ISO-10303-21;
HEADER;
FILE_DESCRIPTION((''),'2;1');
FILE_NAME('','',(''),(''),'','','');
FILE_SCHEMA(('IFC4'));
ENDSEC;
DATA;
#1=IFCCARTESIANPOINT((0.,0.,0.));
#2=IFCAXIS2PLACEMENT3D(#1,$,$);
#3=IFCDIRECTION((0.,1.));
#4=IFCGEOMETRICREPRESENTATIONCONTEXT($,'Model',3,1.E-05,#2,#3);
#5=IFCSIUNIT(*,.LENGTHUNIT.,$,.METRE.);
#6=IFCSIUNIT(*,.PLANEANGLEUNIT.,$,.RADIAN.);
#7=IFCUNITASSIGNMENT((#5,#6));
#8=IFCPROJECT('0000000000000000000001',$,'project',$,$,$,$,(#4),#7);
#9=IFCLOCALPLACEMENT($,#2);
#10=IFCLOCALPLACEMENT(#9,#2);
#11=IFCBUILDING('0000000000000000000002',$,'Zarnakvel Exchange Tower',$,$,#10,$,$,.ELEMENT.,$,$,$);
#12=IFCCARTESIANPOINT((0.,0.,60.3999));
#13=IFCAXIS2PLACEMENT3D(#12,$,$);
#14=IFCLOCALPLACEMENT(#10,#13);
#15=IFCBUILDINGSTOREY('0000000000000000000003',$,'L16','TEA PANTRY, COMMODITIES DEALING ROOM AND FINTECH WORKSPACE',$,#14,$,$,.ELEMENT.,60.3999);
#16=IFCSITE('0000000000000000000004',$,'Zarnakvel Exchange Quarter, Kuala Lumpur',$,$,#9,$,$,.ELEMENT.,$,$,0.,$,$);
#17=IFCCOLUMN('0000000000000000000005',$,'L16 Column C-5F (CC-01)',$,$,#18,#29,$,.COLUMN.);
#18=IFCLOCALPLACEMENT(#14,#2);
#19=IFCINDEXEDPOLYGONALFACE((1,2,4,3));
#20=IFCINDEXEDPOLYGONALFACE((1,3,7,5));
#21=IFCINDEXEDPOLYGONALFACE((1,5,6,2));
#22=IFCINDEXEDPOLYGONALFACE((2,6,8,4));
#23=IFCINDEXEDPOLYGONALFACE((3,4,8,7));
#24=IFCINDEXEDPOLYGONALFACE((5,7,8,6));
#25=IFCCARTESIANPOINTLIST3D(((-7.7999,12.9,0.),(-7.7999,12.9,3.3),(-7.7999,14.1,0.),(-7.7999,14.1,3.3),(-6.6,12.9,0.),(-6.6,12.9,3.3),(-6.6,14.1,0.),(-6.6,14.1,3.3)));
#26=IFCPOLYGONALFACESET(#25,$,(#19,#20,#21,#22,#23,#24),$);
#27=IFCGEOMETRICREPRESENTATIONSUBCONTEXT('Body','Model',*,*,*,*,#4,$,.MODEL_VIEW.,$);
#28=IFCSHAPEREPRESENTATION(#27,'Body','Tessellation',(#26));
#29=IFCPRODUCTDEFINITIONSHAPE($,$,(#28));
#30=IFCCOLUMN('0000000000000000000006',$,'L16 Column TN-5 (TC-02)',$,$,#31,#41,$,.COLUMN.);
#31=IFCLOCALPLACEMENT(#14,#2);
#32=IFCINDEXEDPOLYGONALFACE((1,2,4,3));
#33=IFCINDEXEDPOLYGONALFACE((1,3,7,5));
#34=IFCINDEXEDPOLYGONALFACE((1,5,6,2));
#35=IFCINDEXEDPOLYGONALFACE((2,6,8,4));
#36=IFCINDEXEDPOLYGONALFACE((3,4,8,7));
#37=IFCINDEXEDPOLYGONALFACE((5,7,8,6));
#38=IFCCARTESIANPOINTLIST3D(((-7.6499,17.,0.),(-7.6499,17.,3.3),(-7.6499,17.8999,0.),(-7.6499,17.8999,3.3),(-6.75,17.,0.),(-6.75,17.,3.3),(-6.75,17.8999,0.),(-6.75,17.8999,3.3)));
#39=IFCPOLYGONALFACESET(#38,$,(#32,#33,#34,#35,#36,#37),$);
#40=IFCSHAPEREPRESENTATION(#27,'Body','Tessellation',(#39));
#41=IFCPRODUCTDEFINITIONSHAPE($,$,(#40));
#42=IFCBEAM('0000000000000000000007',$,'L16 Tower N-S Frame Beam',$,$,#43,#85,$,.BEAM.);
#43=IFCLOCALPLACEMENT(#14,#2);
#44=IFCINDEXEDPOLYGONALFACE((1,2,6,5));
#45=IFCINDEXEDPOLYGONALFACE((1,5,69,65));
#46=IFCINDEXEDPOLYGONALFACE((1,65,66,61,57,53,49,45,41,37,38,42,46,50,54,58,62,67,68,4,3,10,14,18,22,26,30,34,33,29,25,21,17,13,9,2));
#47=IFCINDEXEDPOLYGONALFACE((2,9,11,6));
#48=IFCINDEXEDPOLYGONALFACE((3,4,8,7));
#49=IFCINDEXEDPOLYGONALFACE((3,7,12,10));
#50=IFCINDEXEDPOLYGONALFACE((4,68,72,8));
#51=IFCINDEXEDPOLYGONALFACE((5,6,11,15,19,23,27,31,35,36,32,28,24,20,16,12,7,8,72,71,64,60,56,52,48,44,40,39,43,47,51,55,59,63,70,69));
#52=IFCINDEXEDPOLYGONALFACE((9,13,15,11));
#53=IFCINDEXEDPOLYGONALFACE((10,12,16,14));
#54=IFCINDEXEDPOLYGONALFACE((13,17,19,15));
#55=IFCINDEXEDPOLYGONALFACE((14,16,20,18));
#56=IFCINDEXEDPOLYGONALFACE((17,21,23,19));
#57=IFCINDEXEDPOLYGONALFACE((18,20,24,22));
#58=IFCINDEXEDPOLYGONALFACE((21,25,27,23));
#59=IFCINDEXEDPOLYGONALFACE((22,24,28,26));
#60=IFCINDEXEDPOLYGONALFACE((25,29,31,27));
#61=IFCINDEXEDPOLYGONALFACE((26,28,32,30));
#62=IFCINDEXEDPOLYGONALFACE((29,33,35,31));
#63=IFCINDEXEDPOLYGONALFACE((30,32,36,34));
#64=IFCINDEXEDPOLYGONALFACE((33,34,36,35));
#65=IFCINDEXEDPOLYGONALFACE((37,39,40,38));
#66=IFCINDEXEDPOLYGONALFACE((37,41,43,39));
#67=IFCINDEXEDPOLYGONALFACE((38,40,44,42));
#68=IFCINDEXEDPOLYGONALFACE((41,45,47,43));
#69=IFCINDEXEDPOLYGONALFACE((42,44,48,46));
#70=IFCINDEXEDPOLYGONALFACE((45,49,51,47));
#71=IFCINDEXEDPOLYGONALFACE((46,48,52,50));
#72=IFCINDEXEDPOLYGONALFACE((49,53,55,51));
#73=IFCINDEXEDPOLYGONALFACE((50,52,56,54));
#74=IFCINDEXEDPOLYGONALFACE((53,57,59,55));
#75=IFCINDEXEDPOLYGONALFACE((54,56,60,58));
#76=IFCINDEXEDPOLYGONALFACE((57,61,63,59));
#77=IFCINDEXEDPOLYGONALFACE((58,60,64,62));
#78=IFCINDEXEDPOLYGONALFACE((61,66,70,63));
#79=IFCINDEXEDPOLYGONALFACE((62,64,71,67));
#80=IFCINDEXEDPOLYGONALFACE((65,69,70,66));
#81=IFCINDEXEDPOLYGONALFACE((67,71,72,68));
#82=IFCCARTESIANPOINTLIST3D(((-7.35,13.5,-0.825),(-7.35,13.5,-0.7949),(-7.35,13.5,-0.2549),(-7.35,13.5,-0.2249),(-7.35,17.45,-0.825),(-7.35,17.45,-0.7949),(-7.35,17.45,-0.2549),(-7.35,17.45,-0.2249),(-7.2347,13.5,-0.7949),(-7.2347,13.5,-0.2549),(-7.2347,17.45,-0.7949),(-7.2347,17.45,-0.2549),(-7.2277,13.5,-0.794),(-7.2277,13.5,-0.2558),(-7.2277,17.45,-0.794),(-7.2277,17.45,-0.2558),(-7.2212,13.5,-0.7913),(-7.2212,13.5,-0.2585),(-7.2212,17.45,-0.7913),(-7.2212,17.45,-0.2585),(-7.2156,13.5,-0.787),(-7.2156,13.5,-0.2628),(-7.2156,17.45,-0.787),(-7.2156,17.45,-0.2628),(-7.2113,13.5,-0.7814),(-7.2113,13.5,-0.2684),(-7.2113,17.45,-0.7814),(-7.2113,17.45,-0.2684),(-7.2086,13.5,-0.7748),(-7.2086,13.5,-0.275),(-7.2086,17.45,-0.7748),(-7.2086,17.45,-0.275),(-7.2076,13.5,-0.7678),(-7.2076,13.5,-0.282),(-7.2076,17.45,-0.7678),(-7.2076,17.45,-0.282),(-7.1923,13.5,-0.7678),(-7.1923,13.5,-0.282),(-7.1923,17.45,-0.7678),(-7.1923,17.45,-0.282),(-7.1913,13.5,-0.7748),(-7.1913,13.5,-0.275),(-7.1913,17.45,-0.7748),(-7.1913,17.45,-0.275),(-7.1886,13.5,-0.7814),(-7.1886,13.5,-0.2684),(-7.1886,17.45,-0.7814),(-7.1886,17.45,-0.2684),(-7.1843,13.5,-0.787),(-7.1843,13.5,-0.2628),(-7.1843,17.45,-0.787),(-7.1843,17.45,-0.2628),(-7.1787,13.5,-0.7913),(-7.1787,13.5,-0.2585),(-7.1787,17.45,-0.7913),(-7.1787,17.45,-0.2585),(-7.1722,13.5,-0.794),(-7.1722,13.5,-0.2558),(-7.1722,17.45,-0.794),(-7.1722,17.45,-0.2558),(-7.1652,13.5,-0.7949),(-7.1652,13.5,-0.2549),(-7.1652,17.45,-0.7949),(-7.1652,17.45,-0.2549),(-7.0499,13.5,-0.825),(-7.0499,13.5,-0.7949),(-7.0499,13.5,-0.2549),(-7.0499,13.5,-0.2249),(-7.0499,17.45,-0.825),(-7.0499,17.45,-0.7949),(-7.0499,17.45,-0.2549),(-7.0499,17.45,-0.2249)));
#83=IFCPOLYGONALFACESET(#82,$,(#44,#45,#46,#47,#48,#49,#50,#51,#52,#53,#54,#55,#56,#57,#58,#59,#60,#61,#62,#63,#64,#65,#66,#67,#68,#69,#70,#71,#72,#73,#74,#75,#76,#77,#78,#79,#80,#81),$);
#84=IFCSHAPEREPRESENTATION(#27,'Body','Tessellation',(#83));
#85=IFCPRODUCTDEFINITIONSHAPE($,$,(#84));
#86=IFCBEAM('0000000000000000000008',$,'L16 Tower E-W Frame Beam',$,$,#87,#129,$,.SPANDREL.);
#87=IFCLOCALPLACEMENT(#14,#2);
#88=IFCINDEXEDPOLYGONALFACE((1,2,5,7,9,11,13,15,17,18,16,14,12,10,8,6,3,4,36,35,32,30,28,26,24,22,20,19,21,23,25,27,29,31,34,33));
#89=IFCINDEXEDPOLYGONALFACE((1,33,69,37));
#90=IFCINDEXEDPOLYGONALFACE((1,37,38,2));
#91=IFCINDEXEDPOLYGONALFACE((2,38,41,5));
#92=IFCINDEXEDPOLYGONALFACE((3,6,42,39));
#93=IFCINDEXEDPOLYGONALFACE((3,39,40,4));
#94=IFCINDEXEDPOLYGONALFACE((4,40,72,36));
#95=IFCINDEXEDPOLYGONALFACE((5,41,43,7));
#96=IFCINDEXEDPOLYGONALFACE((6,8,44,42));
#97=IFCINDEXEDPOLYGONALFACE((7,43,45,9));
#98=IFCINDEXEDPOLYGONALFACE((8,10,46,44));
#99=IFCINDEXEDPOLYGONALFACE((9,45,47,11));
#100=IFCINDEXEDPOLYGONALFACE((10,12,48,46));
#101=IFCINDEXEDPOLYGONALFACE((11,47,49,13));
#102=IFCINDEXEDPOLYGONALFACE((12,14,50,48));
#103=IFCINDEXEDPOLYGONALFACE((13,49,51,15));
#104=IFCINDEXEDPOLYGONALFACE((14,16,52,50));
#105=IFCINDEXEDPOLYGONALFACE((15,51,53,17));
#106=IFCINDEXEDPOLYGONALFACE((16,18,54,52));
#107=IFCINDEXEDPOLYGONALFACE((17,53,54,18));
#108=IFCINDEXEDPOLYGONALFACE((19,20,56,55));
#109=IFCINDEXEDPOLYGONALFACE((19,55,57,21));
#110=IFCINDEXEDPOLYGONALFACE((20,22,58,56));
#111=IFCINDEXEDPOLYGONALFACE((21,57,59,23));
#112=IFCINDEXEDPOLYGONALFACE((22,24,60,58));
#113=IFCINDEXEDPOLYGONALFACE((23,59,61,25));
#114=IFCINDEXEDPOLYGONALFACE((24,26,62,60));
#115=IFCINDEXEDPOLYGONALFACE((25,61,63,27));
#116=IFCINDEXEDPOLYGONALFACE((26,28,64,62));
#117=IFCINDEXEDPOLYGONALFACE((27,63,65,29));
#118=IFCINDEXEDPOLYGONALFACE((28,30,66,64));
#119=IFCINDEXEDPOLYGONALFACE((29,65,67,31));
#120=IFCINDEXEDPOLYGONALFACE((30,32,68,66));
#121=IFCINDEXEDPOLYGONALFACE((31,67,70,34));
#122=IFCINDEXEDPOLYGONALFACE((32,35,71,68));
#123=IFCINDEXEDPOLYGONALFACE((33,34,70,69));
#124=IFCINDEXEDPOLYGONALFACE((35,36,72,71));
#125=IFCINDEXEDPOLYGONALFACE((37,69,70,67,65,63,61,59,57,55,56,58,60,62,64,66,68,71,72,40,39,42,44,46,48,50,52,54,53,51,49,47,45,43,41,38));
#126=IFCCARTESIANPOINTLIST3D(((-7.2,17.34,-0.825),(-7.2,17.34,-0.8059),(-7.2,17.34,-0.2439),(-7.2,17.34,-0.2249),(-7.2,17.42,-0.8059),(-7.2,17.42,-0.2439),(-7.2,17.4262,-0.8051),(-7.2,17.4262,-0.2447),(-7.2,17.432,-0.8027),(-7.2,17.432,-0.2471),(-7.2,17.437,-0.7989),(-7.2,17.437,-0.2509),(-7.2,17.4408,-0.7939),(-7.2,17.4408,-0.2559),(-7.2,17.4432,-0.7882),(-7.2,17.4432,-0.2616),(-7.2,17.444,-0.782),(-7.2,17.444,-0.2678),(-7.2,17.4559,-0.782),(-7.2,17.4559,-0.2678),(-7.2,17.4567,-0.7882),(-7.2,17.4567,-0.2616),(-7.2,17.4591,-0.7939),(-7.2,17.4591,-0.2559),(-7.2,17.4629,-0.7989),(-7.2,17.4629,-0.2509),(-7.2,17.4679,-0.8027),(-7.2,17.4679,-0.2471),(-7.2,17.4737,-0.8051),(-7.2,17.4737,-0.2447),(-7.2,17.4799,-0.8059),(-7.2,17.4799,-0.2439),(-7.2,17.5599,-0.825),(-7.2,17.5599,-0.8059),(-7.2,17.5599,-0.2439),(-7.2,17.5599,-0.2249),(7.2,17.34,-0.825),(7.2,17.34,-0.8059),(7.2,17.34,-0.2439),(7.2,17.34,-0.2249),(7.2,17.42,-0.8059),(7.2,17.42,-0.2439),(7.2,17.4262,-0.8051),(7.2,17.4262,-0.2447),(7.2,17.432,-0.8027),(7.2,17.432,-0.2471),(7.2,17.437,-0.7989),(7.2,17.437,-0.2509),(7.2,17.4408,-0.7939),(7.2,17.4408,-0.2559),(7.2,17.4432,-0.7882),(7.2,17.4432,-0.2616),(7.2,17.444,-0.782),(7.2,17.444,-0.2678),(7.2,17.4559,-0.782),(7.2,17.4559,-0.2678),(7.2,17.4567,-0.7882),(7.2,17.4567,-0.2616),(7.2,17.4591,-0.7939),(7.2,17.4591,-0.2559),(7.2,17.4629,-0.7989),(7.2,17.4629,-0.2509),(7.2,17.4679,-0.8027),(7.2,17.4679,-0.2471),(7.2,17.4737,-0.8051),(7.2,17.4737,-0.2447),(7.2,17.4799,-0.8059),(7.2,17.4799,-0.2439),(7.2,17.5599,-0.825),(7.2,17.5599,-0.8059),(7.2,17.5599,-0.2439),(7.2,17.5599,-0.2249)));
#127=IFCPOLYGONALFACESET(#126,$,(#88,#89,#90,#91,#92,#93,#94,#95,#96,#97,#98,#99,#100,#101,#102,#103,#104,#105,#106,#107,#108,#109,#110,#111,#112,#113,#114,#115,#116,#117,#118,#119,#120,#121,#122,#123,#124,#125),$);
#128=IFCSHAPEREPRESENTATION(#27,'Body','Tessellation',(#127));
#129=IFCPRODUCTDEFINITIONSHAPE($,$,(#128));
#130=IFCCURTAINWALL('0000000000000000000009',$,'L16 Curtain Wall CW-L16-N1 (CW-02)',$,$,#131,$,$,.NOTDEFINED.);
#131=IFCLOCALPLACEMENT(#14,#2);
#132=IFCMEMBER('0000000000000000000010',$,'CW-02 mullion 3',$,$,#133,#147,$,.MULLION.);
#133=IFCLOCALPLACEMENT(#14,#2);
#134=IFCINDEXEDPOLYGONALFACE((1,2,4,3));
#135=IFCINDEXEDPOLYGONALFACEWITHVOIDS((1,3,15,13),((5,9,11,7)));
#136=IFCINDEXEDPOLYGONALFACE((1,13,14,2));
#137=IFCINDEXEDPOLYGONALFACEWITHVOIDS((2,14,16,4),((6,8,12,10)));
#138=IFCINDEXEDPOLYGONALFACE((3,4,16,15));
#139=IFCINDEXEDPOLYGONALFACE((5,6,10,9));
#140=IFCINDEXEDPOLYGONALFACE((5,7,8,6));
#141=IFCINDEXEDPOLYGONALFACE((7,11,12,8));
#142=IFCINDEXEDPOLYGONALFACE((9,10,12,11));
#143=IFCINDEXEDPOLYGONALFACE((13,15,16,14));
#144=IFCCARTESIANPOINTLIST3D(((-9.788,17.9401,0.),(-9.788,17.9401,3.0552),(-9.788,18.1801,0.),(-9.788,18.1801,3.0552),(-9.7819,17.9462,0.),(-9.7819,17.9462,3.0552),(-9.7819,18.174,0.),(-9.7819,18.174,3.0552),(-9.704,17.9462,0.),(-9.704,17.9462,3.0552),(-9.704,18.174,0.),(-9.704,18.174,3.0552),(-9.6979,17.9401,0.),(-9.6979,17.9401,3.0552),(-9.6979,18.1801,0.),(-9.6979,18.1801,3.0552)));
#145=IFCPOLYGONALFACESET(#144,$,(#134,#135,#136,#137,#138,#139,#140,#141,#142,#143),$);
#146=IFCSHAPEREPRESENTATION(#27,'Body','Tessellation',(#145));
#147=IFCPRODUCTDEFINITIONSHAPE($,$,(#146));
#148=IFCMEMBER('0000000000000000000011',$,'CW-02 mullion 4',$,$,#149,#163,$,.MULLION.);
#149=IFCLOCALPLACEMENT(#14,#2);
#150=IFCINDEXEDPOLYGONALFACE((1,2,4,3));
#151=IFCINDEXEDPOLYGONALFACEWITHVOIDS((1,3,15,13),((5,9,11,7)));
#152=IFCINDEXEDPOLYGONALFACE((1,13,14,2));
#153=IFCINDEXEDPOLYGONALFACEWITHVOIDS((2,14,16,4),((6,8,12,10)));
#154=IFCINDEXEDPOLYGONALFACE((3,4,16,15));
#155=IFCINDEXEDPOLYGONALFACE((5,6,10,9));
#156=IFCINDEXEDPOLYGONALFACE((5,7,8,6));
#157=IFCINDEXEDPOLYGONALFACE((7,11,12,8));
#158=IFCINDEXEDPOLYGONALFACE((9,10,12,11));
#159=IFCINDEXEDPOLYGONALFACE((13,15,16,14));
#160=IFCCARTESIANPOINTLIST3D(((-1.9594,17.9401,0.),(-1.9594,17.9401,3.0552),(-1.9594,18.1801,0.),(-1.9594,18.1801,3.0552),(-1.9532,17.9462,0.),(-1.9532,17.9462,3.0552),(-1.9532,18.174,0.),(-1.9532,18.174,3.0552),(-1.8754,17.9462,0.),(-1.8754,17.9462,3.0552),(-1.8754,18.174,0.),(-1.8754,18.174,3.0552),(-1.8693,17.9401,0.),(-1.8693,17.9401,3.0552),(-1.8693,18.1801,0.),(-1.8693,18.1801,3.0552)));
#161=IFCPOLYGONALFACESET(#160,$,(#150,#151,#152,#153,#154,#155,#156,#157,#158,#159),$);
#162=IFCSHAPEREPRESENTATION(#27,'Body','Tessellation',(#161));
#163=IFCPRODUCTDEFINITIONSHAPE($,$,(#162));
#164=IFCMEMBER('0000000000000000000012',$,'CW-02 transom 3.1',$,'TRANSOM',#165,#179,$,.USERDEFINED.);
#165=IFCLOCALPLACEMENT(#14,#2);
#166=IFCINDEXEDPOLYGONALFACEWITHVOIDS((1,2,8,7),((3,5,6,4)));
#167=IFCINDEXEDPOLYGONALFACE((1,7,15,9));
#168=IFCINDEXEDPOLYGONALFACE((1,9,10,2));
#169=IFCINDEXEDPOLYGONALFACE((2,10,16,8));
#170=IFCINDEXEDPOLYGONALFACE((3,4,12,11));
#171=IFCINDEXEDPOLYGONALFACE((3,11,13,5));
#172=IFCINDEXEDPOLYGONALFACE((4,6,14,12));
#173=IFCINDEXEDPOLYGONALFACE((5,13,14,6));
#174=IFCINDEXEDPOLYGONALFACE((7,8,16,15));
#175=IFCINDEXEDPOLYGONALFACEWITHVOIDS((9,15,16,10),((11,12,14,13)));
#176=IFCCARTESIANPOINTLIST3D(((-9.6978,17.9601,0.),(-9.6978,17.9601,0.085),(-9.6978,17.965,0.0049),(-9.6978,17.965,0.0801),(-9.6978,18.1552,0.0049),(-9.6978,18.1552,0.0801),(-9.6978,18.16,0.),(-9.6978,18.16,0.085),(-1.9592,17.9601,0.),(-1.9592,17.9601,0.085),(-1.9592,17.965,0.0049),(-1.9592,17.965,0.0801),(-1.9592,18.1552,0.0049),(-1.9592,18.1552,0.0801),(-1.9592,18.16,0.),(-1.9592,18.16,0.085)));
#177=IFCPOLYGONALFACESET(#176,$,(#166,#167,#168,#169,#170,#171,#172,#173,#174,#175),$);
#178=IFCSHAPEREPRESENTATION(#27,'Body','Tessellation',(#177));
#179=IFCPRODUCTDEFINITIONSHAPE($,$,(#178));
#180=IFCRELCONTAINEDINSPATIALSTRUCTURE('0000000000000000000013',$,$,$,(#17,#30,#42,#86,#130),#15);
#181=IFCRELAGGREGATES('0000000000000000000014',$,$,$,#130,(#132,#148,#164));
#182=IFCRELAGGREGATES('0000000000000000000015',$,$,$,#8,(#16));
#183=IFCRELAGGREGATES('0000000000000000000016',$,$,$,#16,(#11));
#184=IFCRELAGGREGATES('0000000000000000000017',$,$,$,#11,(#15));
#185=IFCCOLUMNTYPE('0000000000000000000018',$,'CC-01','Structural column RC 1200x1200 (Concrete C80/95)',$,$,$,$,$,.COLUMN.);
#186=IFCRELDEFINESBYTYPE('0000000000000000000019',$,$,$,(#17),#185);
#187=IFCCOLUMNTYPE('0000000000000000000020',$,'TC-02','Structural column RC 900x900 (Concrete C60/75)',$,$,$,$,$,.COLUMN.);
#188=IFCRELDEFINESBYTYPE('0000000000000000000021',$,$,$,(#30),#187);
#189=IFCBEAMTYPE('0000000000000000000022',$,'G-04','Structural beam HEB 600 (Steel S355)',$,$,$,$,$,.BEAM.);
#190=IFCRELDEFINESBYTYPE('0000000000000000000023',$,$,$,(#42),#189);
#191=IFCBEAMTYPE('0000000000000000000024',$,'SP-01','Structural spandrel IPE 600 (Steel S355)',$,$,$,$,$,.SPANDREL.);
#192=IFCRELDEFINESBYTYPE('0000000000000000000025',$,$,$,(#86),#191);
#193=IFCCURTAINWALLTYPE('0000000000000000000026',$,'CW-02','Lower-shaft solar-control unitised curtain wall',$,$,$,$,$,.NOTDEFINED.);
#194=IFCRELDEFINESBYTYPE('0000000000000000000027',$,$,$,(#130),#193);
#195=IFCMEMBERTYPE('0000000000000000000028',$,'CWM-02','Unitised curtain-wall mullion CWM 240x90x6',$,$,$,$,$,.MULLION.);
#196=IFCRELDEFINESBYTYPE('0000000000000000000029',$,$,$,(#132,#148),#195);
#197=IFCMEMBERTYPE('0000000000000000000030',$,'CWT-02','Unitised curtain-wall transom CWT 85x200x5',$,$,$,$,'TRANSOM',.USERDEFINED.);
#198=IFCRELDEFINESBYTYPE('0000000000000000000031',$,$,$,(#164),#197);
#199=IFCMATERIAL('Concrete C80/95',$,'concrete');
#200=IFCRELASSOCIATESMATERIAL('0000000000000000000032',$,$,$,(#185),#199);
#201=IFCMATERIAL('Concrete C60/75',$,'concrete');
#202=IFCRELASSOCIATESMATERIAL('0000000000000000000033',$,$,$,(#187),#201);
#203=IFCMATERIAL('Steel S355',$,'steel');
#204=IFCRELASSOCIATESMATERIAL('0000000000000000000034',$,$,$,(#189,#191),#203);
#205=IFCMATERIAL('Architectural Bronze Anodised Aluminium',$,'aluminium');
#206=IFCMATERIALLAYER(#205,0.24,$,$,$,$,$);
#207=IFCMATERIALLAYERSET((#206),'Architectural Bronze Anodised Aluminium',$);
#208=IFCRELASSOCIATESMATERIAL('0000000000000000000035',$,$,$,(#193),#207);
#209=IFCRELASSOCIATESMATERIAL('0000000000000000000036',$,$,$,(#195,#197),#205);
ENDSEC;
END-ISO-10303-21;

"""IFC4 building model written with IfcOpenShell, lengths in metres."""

from ifc_helpers import new_model, si_unit, direction, frame, origin, origin_2d, place, context, subcontext, project, spatial, rectangle, hollow_rectangle, i_section, extrude, source, transform, mapped, material, layer, layer_set, material_profile, profile_set, type_object, element, aggregate, save


model = new_model("IFC4")

# Units and contexts
model_context = context("Model", 3, precision=1e-05, world=origin(), true_north=direction((0.0, 1.0)))
body_context = subcontext(model_context, "Body", "Model", "MODEL_VIEW")
ifc_project = project(units=[si_unit("LENGTHUNIT", "METRE"), si_unit("PLANEANGLEUNIT", "RADIAN")], contexts=[model_context])

# Site, building, storey
site_placement = place(None, origin())
site = spatial("IfcSite", under=ifc_project, at=site_placement, Name="Zarnakvel Exchange Quarter, Kuala Lumpur", CompositionType="ELEMENT", RefElevation=0.0)
building_placement = place(site_placement, origin())
building = spatial("IfcBuilding", under=site, at=building_placement, Name="Zarnakvel Exchange Tower", CompositionType="ELEMENT")
storey_placement = place(building_placement, frame((0.0, 0.0, 60.3999)))
storey = spatial("IfcBuildingStorey", under=building, at=storey_placement, Name="L16", Description="TEA PANTRY, COMMODITIES DEALING ROOM AND FINTECH WORKSPACE", CompositionType="ELEMENT", Elevation=60.3999)

# Columns
ifc_material_1 = material(Name="Concrete C80/95", Category="concrete")
ifc_material_profile_1 = material_profile(ifc_material_1, rectangle(XDim=1.2, YDim=1.2, at=origin_2d()))
ifc_profile_set_1 = profile_set([ifc_material_profile_1], Name="Concrete C80/95")
column_type_1 = type_object("IfcColumnType", Name="CC-01", Description="Structural column RC 1200x1200 (Concrete C80/95)", PredefinedType="COLUMN", material=ifc_profile_set_1)
column_1_placement = place(storey_placement, frame((-7.2, 13.5, 0.0), z_axis=(0.0, 0.0, 1.0), x_axis=(1.0, 0.0, 0.0)))
element("IfcColumn", 1, at=column_1_placement, inside=storey, type_object=column_type_1, Name="L16 Column C-5F (CC-01)", PredefinedType="COLUMN", context=body_context, shape_type="SweptSolid", body=[
    extrude(rectangle(XDim=1.2, YDim=1.2, at=origin_2d()), origin(), (0.0, 0.0, 1.0), 3.3),
])
ifc_material_2 = material(Name="Concrete C60/75", Category="concrete")
ifc_material_profile_2 = material_profile(ifc_material_2, rectangle(XDim=0.8999, YDim=0.8999, at=origin_2d()))
ifc_profile_set_2 = profile_set([ifc_material_profile_2], Name="Concrete C60/75")
column_type_2 = type_object("IfcColumnType", Name="TC-02", Description="Structural column RC 900x900 (Concrete C60/75)", PredefinedType="COLUMN", material=ifc_profile_set_2)
column_2_placement = place(storey_placement, frame((-7.2, 17.45, 0.0), z_axis=(0.0, 0.0, 1.0), x_axis=(1.0, 0.0, 0.0)))
element("IfcColumn", 2, at=column_2_placement, inside=storey, type_object=column_type_2, Name="L16 Column TN-5 (TC-02)", PredefinedType="COLUMN", context=body_context, shape_type="SweptSolid", body=[
    extrude(rectangle(XDim=0.8999, YDim=0.8999, at=origin_2d()), origin(), (0.0, 0.0, 1.0), 3.3),
])

# Beams
ifc_material_3 = material(Name="Steel S355", Category="steel")
ifc_material_profile_3 = material_profile(ifc_material_3, i_section(OverallWidth=0.3, OverallDepth=0.6001, WebThickness=0.0154, FlangeThickness=0.03, FilletRadius=0.0271, at=origin_2d()))
ifc_profile_set_3 = profile_set([ifc_material_profile_3], Name="Steel S355")
beam_type_1 = type_object("IfcBeamType", Name="G-04", Description="Structural beam HEB 600 (Steel S355)", PredefinedType="BEAM", material=ifc_profile_set_3)
beam_1_placement = place(storey_placement, frame((-7.2, 13.5, -0.5249), z_axis=(0.0, 1.0, 0.0), x_axis=(-1.0, 0.0, 0.0)))
element("IfcBeam", 3, at=beam_1_placement, inside=storey, type_object=beam_type_1, Name="L16 Tower N-S Frame Beam", PredefinedType="BEAM", context=body_context, shape_type="SweptSolid", body=[
    extrude(i_section(OverallWidth=0.3, OverallDepth=0.6001, WebThickness=0.0154, FlangeThickness=0.03, FilletRadius=0.0271, at=origin_2d()), origin(), (0.0, 0.0, 1.0), 3.95),
])
ifc_material_profile_4 = material_profile(ifc_material_3, i_section(OverallWidth=0.22, OverallDepth=0.6001, WebThickness=0.012, FlangeThickness=0.019, FilletRadius=0.0239, at=origin_2d()))
ifc_profile_set_4 = profile_set([ifc_material_profile_4], Name="Steel S355")
beam_type_2 = type_object("IfcBeamType", Name="SP-01", Description="Structural spandrel IPE 600 (Steel S355)", PredefinedType="SPANDREL", material=ifc_profile_set_4)
beam_2_placement = place(storey_placement, frame((-7.2, 17.45, -0.5249), z_axis=(1.0, 0.0, 0.0), x_axis=(0.0, 1.0, 0.0)))
element("IfcBeam", 4, at=beam_2_placement, inside=storey, type_object=beam_type_2, Name="L16 Tower E-W Frame Beam", PredefinedType="SPANDREL", context=body_context, shape_type="SweptSolid", body=[
    extrude(i_section(OverallWidth=0.22, OverallDepth=0.6001, WebThickness=0.012, FlangeThickness=0.019, FilletRadius=0.0239, at=origin_2d()), origin(), (0.0, 0.0, 1.0), 14.3999),
])

# Curtain wall, members
ifc_material_4 = material(Name="Architectural Bronze Anodised Aluminium", Category="aluminium")
ifc_layer_1 = layer(ifc_material_4, 0.24)
ifc_layer_set_1 = layer_set([ifc_layer_1], Name="Architectural Bronze Anodised Aluminium")
curtain_wall_type = type_object("IfcCurtainWallType", Name="CW-02", Description="Lower-shaft solar-control unitised curtain wall", PredefinedType="NOTDEFINED", material=ifc_layer_set_1)
curtain_wall_placement = place(storey_placement, origin())
curtain_wall = element("IfcCurtainWall", 5, at=curtain_wall_placement, inside=storey, type_object=curtain_wall_type, Name="L16 Curtain Wall CW-L16-N1 (CW-02)", PredefinedType="NOTDEFINED")
ifc_material_profile_5 = material_profile(ifc_material_4, hollow_rectangle(XDim=0.24, YDim=0.0901, WallThickness=0.0061, at=origin_2d()))
ifc_profile_set_5 = profile_set([ifc_material_profile_5], Name="Architectural Bronze Anodised Aluminium")
member_type_1 = type_object("IfcMemberType", Name="CWM-02", Description="Unitised curtain-wall mullion CWM 240x90x6", PredefinedType="MULLION", material=ifc_profile_set_5)
shared_shape_1 = source(origin(), body_context, "Body", "SweptSolid", [
    extrude(hollow_rectangle(XDim=0.24, YDim=0.0901, WallThickness=0.0061, at=origin_2d()), origin(), (0.0, 0.0, 1.0), 3.0552),
])
member_1_placement = place(storey_placement, frame((-9.7429, 18.0601, 0.0), z_axis=(0.0, 0.0, 1.0), x_axis=(0.0, 1.0, 0.0)))
member_1 = element("IfcMember", 6, at=member_1_placement, type_object=member_type_1, Name="CW-02 mullion 3", PredefinedType="MULLION", context=body_context, shape_type="MappedRepresentation", body=[
    mapped(shared_shape_1, transform((0.0, 0.0, 0.0), x_axis=(1.0, 0.0, 0.0), y_axis=(0.0, 1.0, 0.0), z_axis=(0.0, 0.0, 1.0), scale=1.0)),
])
member_2_placement = place(storey_placement, frame((-1.9143, 18.0601, 0.0), z_axis=(0.0, 0.0, 1.0), x_axis=(0.0, 1.0, 0.0)))
member_2 = element("IfcMember", 7, at=member_2_placement, type_object=member_type_1, Name="CW-02 mullion 4", PredefinedType="MULLION", context=body_context, shape_type="MappedRepresentation", body=[
    mapped(shared_shape_1, transform((0.0, 0.0, 0.0), x_axis=(1.0, 0.0, 0.0), y_axis=(0.0, 1.0, 0.0), z_axis=(0.0, 0.0, 1.0), scale=1.0)),
])
ifc_material_profile_6 = material_profile(ifc_material_4, hollow_rectangle(XDim=0.2, YDim=0.085, WallThickness=0.0049, at=origin_2d()))
ifc_profile_set_6 = profile_set([ifc_material_profile_6], Name="Architectural Bronze Anodised Aluminium")
member_type_2 = type_object("IfcMemberType", Name="CWT-02", Description="Unitised curtain-wall transom CWT 85x200x5", ElementType="TRANSOM", PredefinedType="USERDEFINED", material=ifc_profile_set_6)
shared_shape_2 = source(origin(), body_context, "Body", "SweptSolid", [
    extrude(hollow_rectangle(XDim=0.2, YDim=0.085, WallThickness=0.0049, at=origin_2d()), origin(), (0.0, 0.0, 1.0), 7.7385),
])
member_3_placement = place(storey_placement, frame((-9.6978, 18.0601, 0.0425), z_axis=(1.0, 0.0, 0.0), x_axis=(0.0, 1.0, 0.0)))
member_3 = element("IfcMember", 8, at=member_3_placement, type_object=member_type_2, Name="CW-02 transom 3.1", ObjectType="TRANSOM", PredefinedType="USERDEFINED", context=body_context, shape_type="MappedRepresentation", body=[
    mapped(shared_shape_2, transform((0.0, 0.0, 0.0), x_axis=(1.0, 0.0, 0.0), y_axis=(0.0, 1.0, 0.0), z_axis=(0.0, 0.0, 1.0), scale=1.0)),
])
aggregate(curtain_wall, [member_1, member_2, member_3])

save(model, "model.ifc")
